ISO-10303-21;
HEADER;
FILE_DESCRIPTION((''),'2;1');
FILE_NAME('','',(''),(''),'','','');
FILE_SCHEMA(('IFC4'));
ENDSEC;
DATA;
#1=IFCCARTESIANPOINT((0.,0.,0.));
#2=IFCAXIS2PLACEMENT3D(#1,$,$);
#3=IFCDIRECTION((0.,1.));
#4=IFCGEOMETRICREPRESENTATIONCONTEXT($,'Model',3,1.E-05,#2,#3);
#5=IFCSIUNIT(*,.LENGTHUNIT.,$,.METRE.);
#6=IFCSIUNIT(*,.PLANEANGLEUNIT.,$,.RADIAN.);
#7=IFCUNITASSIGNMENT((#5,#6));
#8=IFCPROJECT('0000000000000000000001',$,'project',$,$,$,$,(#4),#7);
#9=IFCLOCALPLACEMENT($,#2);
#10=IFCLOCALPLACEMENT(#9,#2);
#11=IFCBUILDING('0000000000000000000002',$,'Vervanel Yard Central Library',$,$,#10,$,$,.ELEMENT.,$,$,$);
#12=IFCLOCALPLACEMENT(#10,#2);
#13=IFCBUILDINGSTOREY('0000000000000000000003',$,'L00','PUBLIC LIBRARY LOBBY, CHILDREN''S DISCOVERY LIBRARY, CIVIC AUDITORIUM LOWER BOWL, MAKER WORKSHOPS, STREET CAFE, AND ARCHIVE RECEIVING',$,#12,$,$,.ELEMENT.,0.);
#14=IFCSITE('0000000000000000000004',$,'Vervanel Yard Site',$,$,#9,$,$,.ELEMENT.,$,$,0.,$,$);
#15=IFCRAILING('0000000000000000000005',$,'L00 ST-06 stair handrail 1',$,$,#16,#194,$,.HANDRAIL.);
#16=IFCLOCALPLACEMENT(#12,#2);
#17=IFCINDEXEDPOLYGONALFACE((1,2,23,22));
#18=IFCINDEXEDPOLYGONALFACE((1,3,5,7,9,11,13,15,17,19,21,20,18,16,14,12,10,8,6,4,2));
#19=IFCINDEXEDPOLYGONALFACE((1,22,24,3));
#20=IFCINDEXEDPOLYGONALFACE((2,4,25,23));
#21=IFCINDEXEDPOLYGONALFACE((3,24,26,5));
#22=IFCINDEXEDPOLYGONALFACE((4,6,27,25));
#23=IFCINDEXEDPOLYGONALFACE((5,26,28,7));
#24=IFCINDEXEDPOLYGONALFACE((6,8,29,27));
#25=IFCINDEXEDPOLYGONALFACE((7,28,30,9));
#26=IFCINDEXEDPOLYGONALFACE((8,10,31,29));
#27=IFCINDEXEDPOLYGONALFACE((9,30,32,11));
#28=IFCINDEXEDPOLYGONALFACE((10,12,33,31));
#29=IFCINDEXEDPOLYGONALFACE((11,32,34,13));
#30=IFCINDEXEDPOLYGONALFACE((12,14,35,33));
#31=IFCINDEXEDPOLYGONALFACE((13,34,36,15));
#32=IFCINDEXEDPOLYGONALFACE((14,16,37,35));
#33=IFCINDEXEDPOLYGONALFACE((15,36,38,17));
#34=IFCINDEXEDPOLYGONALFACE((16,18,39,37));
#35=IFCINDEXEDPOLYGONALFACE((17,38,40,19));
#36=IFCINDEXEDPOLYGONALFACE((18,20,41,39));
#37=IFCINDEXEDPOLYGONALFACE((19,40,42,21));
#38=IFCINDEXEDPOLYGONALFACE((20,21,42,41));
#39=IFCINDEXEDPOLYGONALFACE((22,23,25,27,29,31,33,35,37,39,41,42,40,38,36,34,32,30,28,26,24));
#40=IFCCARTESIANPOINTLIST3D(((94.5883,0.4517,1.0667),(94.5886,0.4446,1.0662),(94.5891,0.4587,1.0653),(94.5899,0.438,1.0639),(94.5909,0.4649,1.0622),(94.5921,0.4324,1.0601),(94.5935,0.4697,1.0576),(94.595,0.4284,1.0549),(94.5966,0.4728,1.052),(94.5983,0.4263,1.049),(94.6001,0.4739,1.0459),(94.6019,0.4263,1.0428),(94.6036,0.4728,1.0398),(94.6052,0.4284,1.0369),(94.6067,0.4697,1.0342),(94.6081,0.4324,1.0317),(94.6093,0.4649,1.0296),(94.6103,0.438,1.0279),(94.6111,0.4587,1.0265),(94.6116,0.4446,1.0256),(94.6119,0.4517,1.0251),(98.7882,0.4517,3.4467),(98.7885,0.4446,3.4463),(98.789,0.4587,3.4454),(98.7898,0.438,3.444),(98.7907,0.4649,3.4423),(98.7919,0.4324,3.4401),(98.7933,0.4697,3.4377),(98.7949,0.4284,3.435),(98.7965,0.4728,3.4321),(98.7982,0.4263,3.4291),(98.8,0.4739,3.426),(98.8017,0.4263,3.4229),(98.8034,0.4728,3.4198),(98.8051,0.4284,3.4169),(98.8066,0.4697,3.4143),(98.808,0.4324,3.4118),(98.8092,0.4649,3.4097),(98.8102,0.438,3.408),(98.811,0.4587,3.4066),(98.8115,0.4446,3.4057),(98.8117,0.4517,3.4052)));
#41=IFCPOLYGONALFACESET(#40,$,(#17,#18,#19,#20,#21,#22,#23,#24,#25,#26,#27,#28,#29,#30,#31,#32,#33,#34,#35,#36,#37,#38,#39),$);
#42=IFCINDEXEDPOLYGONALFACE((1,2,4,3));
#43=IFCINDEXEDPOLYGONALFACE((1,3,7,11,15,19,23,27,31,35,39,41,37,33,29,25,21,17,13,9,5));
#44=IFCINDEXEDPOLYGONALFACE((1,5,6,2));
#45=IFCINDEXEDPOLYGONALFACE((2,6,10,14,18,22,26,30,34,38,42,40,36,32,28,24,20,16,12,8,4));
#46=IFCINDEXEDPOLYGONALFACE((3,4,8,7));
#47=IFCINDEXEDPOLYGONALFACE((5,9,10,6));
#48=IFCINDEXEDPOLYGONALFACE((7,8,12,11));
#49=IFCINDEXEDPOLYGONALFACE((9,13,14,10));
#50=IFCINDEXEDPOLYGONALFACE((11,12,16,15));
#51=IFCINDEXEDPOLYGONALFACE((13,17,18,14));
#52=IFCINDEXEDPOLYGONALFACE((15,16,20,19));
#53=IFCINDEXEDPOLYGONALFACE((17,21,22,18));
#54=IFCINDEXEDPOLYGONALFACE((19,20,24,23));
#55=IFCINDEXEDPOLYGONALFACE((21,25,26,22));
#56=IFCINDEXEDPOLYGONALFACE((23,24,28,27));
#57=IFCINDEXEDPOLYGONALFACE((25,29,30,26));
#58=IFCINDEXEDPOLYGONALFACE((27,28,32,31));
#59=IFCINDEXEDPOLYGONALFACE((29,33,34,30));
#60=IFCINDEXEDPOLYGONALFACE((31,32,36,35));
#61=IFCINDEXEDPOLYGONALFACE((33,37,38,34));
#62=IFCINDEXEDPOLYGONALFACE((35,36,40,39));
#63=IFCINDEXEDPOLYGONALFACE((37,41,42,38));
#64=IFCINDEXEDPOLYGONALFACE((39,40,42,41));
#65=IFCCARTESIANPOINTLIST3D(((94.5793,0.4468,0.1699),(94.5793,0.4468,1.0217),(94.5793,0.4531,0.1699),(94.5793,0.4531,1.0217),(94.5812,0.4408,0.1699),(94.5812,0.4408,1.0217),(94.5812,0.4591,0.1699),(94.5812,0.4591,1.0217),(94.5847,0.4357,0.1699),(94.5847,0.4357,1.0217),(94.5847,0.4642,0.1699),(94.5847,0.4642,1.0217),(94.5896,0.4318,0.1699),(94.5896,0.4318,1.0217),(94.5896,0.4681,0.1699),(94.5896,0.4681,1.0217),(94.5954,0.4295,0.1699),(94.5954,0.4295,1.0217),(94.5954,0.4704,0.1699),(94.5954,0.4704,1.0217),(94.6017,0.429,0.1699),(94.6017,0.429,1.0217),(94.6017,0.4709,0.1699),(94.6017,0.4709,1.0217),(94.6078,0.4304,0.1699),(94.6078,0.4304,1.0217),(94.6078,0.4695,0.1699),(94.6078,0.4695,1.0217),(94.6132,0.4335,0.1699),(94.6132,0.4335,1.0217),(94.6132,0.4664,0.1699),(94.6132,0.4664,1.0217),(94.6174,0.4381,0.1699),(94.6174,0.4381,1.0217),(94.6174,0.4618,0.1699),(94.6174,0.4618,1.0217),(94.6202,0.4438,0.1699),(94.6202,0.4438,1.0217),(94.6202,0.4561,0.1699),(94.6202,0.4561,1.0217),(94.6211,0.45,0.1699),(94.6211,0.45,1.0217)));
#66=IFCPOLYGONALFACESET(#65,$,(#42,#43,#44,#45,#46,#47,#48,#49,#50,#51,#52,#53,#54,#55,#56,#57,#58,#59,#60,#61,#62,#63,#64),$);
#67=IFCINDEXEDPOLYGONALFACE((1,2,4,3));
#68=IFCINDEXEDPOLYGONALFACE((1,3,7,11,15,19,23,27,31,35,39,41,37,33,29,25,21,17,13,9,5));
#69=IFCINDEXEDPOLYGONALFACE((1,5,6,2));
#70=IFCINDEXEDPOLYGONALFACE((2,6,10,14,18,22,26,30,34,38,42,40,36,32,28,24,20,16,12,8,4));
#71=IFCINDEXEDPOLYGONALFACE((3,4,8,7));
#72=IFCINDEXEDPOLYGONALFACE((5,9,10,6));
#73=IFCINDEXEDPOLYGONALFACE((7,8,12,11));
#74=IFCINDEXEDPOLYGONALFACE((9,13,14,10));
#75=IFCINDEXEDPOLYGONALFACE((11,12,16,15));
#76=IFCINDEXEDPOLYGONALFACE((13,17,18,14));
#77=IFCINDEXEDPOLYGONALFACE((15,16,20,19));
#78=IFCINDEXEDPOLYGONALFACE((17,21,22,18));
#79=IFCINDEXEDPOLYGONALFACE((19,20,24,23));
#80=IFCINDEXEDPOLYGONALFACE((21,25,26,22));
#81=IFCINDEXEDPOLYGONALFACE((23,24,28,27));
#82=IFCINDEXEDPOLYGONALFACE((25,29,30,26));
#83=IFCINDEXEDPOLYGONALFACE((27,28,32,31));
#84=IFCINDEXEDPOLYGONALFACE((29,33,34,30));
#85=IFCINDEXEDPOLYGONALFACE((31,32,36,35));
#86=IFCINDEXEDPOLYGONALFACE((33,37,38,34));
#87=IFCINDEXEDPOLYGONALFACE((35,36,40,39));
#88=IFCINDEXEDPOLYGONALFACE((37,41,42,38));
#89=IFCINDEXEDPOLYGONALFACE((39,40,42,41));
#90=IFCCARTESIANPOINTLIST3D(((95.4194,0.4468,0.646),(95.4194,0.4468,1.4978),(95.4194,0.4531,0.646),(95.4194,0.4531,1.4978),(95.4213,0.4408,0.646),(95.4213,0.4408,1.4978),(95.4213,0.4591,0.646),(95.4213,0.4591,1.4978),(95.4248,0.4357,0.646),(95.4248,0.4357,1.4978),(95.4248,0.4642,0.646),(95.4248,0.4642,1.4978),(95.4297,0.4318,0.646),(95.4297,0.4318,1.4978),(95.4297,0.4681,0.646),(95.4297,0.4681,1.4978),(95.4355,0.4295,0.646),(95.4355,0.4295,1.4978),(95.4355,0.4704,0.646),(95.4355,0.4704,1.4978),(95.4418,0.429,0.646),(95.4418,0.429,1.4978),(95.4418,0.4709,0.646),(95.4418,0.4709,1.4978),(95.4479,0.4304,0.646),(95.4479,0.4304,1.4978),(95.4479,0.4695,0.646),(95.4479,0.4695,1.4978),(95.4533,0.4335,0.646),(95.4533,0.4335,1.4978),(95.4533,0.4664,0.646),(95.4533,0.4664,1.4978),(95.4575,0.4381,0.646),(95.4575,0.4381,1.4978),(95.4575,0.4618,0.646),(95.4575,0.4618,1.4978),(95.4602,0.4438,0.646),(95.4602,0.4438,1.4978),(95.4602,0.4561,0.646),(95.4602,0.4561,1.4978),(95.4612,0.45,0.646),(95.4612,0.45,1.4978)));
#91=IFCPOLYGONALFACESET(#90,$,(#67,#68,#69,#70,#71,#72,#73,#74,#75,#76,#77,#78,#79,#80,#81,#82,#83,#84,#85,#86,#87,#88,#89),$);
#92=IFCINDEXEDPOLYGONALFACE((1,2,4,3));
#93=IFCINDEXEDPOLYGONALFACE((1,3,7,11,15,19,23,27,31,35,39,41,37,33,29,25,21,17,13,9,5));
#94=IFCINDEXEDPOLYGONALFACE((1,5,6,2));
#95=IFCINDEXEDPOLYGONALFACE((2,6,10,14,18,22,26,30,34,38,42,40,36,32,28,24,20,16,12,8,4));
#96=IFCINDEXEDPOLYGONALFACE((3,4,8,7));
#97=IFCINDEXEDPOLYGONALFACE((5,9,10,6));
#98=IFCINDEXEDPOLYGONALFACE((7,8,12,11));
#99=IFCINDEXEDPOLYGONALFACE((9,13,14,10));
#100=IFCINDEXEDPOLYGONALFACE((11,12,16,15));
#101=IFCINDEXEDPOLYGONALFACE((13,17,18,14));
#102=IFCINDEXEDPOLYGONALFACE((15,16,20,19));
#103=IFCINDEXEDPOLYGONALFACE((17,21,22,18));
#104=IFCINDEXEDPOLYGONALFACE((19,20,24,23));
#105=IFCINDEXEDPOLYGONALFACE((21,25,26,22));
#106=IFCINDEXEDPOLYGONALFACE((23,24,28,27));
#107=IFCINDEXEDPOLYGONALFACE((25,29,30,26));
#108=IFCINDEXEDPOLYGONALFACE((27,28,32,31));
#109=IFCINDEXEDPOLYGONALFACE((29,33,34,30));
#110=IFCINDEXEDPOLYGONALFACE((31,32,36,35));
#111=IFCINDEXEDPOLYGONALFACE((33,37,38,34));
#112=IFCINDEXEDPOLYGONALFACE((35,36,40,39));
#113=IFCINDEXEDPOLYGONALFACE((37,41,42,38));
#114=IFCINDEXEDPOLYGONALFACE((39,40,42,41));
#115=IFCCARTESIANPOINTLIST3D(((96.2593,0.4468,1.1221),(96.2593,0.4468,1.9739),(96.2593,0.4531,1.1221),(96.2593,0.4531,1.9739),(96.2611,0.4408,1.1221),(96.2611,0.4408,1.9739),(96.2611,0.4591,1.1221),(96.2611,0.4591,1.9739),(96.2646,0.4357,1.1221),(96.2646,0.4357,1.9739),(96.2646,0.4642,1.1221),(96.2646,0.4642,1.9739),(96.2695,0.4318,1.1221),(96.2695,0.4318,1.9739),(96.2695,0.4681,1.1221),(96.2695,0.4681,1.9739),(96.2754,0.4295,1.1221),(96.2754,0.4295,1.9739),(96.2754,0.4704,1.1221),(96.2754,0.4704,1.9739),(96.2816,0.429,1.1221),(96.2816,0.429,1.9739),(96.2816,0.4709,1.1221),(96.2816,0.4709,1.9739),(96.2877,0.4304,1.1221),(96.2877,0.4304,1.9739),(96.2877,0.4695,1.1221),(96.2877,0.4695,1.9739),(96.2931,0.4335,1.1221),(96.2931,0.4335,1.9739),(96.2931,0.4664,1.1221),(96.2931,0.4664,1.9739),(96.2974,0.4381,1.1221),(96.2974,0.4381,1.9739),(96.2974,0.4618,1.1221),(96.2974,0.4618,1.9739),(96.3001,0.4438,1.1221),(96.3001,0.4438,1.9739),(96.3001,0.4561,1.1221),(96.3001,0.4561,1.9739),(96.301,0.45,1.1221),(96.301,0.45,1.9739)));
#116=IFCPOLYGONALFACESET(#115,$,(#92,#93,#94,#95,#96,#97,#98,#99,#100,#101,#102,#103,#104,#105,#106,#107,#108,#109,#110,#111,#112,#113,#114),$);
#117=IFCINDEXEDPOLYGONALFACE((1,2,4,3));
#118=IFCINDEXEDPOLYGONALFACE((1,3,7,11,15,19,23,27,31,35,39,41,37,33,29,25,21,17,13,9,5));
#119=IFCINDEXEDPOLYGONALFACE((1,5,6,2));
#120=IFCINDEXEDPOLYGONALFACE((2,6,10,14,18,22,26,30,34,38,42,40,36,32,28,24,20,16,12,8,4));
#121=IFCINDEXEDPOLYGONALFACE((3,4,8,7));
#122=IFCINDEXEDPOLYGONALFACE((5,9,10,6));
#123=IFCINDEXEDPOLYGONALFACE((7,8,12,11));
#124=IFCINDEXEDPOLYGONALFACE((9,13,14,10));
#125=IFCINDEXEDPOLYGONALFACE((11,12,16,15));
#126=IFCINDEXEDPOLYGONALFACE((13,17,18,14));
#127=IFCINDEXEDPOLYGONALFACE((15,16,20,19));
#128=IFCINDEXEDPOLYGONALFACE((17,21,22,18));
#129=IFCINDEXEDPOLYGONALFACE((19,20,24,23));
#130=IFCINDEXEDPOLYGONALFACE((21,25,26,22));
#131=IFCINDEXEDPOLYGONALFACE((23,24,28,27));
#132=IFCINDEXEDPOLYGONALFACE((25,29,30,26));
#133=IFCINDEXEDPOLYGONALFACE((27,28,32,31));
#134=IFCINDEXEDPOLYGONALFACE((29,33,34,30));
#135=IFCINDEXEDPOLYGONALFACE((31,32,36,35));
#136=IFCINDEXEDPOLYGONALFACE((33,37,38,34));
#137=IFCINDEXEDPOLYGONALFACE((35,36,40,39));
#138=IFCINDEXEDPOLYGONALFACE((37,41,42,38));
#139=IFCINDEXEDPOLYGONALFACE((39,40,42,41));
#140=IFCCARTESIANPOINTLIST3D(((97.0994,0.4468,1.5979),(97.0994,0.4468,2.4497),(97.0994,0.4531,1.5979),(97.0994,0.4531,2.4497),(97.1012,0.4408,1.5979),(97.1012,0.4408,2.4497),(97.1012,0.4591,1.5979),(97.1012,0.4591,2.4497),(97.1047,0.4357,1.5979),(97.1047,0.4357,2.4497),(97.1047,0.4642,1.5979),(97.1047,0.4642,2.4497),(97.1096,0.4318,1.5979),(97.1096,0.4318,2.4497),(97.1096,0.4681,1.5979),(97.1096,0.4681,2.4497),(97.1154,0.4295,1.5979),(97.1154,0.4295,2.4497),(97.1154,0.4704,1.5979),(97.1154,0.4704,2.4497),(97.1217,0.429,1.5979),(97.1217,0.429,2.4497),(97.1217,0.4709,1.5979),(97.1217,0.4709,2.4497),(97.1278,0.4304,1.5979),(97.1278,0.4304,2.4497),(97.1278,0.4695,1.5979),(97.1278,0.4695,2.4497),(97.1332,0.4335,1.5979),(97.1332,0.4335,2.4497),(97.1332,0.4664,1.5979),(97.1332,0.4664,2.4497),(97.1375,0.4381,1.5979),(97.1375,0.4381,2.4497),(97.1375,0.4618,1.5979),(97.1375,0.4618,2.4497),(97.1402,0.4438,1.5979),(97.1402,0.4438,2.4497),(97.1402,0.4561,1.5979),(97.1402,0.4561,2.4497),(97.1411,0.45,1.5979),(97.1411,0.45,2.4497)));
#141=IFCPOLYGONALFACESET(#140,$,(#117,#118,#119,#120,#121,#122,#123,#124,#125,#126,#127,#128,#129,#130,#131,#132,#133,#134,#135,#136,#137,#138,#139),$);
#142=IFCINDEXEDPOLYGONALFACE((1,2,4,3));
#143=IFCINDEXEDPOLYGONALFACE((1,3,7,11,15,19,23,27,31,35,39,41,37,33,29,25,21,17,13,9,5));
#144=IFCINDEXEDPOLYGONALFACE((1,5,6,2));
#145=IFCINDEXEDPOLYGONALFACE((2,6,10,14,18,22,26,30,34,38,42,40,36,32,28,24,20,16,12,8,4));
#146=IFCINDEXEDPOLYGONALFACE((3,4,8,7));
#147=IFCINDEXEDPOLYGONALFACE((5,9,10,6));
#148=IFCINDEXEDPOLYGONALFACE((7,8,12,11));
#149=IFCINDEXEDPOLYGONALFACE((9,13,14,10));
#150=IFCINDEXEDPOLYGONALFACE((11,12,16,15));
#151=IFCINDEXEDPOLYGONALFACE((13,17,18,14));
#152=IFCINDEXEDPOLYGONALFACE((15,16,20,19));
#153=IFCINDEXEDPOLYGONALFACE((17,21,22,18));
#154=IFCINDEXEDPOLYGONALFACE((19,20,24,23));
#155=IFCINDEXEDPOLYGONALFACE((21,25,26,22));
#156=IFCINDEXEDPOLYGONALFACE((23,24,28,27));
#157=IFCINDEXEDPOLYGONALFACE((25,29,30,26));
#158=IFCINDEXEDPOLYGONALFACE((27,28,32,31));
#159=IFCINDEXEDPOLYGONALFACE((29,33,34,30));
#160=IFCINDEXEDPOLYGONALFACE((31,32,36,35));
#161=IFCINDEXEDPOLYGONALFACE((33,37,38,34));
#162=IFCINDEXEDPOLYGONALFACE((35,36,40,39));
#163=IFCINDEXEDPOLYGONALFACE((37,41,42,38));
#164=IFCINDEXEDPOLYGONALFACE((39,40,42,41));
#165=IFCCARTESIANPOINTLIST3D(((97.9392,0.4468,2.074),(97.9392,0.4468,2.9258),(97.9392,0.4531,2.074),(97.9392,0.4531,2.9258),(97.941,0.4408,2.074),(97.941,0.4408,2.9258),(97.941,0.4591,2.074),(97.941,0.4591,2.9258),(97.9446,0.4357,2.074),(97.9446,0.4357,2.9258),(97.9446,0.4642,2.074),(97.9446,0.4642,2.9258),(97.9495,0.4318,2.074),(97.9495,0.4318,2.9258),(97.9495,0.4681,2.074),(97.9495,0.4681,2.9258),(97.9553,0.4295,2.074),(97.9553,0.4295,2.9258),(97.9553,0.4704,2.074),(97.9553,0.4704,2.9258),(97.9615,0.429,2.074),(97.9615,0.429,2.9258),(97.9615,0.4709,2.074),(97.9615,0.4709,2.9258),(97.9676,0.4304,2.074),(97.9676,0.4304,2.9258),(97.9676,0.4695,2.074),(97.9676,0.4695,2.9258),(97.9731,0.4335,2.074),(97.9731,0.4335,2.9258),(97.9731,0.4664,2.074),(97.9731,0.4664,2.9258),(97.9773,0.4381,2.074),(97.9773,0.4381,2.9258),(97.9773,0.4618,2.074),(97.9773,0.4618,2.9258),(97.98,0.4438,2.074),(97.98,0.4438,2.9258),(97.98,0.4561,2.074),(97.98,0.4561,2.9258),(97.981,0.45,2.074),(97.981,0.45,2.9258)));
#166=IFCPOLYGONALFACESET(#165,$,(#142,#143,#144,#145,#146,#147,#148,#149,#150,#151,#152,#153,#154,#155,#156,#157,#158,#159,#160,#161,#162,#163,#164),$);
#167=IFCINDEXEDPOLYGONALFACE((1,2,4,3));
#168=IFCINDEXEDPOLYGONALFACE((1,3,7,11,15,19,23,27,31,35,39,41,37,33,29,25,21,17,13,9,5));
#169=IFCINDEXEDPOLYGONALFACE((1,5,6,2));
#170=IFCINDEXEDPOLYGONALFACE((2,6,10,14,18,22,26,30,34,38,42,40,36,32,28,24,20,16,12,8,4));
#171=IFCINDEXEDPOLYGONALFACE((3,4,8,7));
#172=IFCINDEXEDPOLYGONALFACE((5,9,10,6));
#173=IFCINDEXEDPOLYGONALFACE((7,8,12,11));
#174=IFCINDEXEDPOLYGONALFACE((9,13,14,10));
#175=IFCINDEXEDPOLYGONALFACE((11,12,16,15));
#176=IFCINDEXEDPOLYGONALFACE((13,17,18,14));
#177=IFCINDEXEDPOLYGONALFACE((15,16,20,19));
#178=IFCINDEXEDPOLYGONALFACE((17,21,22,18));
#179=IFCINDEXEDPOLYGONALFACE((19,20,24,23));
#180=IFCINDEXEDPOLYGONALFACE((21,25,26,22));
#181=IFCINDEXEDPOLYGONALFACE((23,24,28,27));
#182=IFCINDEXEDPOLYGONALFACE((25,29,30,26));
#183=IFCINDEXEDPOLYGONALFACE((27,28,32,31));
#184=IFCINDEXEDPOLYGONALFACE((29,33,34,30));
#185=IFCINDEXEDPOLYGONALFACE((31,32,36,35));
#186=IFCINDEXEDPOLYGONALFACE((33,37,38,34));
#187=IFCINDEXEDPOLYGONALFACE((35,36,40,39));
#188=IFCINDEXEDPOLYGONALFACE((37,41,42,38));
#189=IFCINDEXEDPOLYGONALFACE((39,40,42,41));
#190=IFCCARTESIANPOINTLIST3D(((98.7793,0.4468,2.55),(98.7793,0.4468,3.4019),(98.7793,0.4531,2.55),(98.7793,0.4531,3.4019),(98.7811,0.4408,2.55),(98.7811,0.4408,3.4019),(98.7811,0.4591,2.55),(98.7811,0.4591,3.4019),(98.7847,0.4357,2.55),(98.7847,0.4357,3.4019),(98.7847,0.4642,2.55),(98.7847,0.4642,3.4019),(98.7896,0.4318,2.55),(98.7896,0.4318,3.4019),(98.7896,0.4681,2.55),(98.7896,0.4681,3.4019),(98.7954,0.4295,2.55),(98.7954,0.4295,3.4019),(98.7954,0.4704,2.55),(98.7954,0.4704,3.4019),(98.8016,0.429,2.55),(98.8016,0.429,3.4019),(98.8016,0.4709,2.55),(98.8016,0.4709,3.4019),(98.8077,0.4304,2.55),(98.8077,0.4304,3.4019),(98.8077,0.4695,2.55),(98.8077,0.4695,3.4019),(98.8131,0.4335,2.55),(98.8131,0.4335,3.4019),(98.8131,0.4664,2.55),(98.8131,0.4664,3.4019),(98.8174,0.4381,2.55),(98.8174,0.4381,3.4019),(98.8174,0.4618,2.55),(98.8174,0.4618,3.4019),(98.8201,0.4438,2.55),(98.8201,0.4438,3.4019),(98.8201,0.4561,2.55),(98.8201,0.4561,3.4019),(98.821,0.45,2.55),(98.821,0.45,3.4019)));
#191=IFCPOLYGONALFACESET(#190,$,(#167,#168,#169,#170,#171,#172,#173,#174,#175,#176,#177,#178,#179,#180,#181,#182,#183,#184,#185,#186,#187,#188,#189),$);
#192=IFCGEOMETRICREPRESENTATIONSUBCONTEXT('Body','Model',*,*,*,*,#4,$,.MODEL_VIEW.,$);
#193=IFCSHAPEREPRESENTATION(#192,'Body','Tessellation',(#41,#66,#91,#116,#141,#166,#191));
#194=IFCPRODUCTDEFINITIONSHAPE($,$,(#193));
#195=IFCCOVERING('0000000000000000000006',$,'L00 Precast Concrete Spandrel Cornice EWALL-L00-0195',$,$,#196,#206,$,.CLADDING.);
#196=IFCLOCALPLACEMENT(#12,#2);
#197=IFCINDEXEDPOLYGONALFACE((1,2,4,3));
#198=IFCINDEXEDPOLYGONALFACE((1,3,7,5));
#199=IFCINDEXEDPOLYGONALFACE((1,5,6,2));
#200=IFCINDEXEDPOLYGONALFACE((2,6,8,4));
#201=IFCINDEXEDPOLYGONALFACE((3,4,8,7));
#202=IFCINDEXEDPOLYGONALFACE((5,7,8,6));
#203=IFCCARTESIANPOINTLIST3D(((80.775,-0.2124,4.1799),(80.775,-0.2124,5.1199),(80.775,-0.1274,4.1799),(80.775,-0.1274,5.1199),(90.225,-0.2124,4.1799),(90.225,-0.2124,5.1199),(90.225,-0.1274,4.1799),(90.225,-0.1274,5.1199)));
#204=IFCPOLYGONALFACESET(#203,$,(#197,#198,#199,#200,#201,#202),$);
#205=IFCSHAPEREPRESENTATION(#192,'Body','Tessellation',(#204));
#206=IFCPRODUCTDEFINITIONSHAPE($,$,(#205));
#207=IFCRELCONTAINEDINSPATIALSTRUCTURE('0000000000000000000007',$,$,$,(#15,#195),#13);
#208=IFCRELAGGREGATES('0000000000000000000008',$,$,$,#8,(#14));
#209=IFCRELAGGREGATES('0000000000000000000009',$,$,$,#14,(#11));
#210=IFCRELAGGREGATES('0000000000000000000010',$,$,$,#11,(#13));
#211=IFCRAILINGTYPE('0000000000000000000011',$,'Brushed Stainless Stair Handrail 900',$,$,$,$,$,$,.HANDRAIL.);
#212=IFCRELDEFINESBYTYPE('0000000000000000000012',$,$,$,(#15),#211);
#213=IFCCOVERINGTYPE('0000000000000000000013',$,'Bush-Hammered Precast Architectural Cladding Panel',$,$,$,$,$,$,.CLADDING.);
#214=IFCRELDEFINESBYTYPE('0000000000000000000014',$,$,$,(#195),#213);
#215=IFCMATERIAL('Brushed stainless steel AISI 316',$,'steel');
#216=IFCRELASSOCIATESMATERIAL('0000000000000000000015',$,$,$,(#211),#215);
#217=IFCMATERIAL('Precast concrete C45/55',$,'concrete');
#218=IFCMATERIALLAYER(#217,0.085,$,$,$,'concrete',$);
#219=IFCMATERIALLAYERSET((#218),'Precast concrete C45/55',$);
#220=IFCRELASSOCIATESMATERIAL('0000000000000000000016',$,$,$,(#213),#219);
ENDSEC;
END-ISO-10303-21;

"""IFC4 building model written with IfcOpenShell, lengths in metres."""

from ifc_helpers import new_model, si_unit, direction, frame, origin, origin_2d, place, context, subcontext, project, spatial, rectangle, circle, extrude, material, layer, layer_set, type_object, element, save


model = new_model("IFC4")

# Units and contexts
model_context = context("Model", 3, precision=1e-05, world=origin(), true_north=direction((0.0, 1.0)))
body_context = subcontext(model_context, "Body", "Model", "MODEL_VIEW")
ifc_project = project(units=[si_unit("LENGTHUNIT", "METRE"), si_unit("PLANEANGLEUNIT", "RADIAN")], contexts=[model_context])

# Site, building, storey
site_placement = place(None, origin())
site = spatial("IfcSite", under=ifc_project, at=site_placement, Name="Vervanel Yard Site", CompositionType="ELEMENT", RefElevation=0.0)
building_placement = place(site_placement, origin())
building = spatial("IfcBuilding", under=site, at=building_placement, Name="Vervanel Yard Central Library", CompositionType="ELEMENT")
storey_placement = place(building_placement, origin())
storey = spatial("IfcBuildingStorey", under=building, at=storey_placement, Name="L00", Description="PUBLIC LIBRARY LOBBY, CHILDREN'S DISCOVERY LIBRARY, CIVIC AUDITORIUM LOWER BOWL, MAKER WORKSHOPS, STREET CAFE, AND ARCHIVE RECEIVING", CompositionType="ELEMENT", Elevation=0.0)

# Railing
ifc_material_1 = material(Name="Brushed stainless steel AISI 316", Category="steel")
railing_type_1 = type_object("IfcRailingType", Name="Brushed Stainless Stair Handrail 900", PredefinedType="HANDRAIL", material=ifc_material_1)
railing_1_placement = place(storey_placement, frame((94.6001, 0.45, 0.1699)))
element("IfcRailing", 1, at=railing_1_placement, inside=storey, type_object=railing_type_1, Name="L00 ST-06 stair handrail 1", PredefinedType="HANDRAIL", context=body_context, shape_type="SweptSolid", body=[
    extrude(circle(Radius=0.0239, at=origin_2d()), frame((0.0, 0.0, 0.876), z_axis=(0.870008, 0.0, 0.493037), x_axis=(0.0, 1.0, 0.0)), (0.0, 0.0, 1.0), 4.8274),
    extrude(circle(Radius=0.021, at=origin_2d()), origin(), (0.0, 0.0, 1.0), 0.8518),
    extrude(circle(Radius=0.021, at=origin_2d()), frame((0.8401, 0.0, 0.4761)), (0.0, 0.0, 1.0), 0.8518),
    extrude(circle(Radius=0.021, at=origin_2d()), frame((1.6799, 0.0, 0.9521)), (0.0, 0.0, 1.0), 0.8518),
    extrude(circle(Radius=0.021, at=origin_2d()), frame((2.52, 0.0, 1.428)), (0.0, 0.0, 1.0), 0.8518),
    extrude(circle(Radius=0.021, at=origin_2d()), frame((3.3599, 0.0, 1.9041)), (0.0, 0.0, 1.0), 0.8518),
    extrude(circle(Radius=0.021, at=origin_2d()), frame((4.2, 0.0, 2.3801)), (0.0, 0.0, 1.0), 0.8518),
])

# Covering
ifc_material_2 = material(Name="Precast concrete C45/55", Category="concrete")
ifc_layer_1 = layer(ifc_material_2, 0.085, Category="concrete")
ifc_layer_set_1 = layer_set([ifc_layer_1], Name="Precast concrete C45/55")
covering_type = type_object("IfcCoveringType", Name="Bush-Hammered Precast Architectural Cladding Panel", PredefinedType="CLADDING", material=ifc_layer_set_1)
covering_1_placement = place(storey_placement, frame((85.5, -0.1699, 4.1799), z_axis=(0.0, 0.0, 1.0), x_axis=(1.0, 0.0, 0.0)))
element("IfcCovering", 2, at=covering_1_placement, inside=storey, type_object=covering_type, Name="L00 Precast Concrete Spandrel Cornice EWALL-L00-0195", PredefinedType="CLADDING", context=body_context, shape_type="SweptSolid", body=[
    extrude(rectangle(XDim=9.45, YDim=0.085, at=origin_2d()), origin(), (0.0, 0.0, 1.0), 0.9399),
])

save(model, "model.ifc")
